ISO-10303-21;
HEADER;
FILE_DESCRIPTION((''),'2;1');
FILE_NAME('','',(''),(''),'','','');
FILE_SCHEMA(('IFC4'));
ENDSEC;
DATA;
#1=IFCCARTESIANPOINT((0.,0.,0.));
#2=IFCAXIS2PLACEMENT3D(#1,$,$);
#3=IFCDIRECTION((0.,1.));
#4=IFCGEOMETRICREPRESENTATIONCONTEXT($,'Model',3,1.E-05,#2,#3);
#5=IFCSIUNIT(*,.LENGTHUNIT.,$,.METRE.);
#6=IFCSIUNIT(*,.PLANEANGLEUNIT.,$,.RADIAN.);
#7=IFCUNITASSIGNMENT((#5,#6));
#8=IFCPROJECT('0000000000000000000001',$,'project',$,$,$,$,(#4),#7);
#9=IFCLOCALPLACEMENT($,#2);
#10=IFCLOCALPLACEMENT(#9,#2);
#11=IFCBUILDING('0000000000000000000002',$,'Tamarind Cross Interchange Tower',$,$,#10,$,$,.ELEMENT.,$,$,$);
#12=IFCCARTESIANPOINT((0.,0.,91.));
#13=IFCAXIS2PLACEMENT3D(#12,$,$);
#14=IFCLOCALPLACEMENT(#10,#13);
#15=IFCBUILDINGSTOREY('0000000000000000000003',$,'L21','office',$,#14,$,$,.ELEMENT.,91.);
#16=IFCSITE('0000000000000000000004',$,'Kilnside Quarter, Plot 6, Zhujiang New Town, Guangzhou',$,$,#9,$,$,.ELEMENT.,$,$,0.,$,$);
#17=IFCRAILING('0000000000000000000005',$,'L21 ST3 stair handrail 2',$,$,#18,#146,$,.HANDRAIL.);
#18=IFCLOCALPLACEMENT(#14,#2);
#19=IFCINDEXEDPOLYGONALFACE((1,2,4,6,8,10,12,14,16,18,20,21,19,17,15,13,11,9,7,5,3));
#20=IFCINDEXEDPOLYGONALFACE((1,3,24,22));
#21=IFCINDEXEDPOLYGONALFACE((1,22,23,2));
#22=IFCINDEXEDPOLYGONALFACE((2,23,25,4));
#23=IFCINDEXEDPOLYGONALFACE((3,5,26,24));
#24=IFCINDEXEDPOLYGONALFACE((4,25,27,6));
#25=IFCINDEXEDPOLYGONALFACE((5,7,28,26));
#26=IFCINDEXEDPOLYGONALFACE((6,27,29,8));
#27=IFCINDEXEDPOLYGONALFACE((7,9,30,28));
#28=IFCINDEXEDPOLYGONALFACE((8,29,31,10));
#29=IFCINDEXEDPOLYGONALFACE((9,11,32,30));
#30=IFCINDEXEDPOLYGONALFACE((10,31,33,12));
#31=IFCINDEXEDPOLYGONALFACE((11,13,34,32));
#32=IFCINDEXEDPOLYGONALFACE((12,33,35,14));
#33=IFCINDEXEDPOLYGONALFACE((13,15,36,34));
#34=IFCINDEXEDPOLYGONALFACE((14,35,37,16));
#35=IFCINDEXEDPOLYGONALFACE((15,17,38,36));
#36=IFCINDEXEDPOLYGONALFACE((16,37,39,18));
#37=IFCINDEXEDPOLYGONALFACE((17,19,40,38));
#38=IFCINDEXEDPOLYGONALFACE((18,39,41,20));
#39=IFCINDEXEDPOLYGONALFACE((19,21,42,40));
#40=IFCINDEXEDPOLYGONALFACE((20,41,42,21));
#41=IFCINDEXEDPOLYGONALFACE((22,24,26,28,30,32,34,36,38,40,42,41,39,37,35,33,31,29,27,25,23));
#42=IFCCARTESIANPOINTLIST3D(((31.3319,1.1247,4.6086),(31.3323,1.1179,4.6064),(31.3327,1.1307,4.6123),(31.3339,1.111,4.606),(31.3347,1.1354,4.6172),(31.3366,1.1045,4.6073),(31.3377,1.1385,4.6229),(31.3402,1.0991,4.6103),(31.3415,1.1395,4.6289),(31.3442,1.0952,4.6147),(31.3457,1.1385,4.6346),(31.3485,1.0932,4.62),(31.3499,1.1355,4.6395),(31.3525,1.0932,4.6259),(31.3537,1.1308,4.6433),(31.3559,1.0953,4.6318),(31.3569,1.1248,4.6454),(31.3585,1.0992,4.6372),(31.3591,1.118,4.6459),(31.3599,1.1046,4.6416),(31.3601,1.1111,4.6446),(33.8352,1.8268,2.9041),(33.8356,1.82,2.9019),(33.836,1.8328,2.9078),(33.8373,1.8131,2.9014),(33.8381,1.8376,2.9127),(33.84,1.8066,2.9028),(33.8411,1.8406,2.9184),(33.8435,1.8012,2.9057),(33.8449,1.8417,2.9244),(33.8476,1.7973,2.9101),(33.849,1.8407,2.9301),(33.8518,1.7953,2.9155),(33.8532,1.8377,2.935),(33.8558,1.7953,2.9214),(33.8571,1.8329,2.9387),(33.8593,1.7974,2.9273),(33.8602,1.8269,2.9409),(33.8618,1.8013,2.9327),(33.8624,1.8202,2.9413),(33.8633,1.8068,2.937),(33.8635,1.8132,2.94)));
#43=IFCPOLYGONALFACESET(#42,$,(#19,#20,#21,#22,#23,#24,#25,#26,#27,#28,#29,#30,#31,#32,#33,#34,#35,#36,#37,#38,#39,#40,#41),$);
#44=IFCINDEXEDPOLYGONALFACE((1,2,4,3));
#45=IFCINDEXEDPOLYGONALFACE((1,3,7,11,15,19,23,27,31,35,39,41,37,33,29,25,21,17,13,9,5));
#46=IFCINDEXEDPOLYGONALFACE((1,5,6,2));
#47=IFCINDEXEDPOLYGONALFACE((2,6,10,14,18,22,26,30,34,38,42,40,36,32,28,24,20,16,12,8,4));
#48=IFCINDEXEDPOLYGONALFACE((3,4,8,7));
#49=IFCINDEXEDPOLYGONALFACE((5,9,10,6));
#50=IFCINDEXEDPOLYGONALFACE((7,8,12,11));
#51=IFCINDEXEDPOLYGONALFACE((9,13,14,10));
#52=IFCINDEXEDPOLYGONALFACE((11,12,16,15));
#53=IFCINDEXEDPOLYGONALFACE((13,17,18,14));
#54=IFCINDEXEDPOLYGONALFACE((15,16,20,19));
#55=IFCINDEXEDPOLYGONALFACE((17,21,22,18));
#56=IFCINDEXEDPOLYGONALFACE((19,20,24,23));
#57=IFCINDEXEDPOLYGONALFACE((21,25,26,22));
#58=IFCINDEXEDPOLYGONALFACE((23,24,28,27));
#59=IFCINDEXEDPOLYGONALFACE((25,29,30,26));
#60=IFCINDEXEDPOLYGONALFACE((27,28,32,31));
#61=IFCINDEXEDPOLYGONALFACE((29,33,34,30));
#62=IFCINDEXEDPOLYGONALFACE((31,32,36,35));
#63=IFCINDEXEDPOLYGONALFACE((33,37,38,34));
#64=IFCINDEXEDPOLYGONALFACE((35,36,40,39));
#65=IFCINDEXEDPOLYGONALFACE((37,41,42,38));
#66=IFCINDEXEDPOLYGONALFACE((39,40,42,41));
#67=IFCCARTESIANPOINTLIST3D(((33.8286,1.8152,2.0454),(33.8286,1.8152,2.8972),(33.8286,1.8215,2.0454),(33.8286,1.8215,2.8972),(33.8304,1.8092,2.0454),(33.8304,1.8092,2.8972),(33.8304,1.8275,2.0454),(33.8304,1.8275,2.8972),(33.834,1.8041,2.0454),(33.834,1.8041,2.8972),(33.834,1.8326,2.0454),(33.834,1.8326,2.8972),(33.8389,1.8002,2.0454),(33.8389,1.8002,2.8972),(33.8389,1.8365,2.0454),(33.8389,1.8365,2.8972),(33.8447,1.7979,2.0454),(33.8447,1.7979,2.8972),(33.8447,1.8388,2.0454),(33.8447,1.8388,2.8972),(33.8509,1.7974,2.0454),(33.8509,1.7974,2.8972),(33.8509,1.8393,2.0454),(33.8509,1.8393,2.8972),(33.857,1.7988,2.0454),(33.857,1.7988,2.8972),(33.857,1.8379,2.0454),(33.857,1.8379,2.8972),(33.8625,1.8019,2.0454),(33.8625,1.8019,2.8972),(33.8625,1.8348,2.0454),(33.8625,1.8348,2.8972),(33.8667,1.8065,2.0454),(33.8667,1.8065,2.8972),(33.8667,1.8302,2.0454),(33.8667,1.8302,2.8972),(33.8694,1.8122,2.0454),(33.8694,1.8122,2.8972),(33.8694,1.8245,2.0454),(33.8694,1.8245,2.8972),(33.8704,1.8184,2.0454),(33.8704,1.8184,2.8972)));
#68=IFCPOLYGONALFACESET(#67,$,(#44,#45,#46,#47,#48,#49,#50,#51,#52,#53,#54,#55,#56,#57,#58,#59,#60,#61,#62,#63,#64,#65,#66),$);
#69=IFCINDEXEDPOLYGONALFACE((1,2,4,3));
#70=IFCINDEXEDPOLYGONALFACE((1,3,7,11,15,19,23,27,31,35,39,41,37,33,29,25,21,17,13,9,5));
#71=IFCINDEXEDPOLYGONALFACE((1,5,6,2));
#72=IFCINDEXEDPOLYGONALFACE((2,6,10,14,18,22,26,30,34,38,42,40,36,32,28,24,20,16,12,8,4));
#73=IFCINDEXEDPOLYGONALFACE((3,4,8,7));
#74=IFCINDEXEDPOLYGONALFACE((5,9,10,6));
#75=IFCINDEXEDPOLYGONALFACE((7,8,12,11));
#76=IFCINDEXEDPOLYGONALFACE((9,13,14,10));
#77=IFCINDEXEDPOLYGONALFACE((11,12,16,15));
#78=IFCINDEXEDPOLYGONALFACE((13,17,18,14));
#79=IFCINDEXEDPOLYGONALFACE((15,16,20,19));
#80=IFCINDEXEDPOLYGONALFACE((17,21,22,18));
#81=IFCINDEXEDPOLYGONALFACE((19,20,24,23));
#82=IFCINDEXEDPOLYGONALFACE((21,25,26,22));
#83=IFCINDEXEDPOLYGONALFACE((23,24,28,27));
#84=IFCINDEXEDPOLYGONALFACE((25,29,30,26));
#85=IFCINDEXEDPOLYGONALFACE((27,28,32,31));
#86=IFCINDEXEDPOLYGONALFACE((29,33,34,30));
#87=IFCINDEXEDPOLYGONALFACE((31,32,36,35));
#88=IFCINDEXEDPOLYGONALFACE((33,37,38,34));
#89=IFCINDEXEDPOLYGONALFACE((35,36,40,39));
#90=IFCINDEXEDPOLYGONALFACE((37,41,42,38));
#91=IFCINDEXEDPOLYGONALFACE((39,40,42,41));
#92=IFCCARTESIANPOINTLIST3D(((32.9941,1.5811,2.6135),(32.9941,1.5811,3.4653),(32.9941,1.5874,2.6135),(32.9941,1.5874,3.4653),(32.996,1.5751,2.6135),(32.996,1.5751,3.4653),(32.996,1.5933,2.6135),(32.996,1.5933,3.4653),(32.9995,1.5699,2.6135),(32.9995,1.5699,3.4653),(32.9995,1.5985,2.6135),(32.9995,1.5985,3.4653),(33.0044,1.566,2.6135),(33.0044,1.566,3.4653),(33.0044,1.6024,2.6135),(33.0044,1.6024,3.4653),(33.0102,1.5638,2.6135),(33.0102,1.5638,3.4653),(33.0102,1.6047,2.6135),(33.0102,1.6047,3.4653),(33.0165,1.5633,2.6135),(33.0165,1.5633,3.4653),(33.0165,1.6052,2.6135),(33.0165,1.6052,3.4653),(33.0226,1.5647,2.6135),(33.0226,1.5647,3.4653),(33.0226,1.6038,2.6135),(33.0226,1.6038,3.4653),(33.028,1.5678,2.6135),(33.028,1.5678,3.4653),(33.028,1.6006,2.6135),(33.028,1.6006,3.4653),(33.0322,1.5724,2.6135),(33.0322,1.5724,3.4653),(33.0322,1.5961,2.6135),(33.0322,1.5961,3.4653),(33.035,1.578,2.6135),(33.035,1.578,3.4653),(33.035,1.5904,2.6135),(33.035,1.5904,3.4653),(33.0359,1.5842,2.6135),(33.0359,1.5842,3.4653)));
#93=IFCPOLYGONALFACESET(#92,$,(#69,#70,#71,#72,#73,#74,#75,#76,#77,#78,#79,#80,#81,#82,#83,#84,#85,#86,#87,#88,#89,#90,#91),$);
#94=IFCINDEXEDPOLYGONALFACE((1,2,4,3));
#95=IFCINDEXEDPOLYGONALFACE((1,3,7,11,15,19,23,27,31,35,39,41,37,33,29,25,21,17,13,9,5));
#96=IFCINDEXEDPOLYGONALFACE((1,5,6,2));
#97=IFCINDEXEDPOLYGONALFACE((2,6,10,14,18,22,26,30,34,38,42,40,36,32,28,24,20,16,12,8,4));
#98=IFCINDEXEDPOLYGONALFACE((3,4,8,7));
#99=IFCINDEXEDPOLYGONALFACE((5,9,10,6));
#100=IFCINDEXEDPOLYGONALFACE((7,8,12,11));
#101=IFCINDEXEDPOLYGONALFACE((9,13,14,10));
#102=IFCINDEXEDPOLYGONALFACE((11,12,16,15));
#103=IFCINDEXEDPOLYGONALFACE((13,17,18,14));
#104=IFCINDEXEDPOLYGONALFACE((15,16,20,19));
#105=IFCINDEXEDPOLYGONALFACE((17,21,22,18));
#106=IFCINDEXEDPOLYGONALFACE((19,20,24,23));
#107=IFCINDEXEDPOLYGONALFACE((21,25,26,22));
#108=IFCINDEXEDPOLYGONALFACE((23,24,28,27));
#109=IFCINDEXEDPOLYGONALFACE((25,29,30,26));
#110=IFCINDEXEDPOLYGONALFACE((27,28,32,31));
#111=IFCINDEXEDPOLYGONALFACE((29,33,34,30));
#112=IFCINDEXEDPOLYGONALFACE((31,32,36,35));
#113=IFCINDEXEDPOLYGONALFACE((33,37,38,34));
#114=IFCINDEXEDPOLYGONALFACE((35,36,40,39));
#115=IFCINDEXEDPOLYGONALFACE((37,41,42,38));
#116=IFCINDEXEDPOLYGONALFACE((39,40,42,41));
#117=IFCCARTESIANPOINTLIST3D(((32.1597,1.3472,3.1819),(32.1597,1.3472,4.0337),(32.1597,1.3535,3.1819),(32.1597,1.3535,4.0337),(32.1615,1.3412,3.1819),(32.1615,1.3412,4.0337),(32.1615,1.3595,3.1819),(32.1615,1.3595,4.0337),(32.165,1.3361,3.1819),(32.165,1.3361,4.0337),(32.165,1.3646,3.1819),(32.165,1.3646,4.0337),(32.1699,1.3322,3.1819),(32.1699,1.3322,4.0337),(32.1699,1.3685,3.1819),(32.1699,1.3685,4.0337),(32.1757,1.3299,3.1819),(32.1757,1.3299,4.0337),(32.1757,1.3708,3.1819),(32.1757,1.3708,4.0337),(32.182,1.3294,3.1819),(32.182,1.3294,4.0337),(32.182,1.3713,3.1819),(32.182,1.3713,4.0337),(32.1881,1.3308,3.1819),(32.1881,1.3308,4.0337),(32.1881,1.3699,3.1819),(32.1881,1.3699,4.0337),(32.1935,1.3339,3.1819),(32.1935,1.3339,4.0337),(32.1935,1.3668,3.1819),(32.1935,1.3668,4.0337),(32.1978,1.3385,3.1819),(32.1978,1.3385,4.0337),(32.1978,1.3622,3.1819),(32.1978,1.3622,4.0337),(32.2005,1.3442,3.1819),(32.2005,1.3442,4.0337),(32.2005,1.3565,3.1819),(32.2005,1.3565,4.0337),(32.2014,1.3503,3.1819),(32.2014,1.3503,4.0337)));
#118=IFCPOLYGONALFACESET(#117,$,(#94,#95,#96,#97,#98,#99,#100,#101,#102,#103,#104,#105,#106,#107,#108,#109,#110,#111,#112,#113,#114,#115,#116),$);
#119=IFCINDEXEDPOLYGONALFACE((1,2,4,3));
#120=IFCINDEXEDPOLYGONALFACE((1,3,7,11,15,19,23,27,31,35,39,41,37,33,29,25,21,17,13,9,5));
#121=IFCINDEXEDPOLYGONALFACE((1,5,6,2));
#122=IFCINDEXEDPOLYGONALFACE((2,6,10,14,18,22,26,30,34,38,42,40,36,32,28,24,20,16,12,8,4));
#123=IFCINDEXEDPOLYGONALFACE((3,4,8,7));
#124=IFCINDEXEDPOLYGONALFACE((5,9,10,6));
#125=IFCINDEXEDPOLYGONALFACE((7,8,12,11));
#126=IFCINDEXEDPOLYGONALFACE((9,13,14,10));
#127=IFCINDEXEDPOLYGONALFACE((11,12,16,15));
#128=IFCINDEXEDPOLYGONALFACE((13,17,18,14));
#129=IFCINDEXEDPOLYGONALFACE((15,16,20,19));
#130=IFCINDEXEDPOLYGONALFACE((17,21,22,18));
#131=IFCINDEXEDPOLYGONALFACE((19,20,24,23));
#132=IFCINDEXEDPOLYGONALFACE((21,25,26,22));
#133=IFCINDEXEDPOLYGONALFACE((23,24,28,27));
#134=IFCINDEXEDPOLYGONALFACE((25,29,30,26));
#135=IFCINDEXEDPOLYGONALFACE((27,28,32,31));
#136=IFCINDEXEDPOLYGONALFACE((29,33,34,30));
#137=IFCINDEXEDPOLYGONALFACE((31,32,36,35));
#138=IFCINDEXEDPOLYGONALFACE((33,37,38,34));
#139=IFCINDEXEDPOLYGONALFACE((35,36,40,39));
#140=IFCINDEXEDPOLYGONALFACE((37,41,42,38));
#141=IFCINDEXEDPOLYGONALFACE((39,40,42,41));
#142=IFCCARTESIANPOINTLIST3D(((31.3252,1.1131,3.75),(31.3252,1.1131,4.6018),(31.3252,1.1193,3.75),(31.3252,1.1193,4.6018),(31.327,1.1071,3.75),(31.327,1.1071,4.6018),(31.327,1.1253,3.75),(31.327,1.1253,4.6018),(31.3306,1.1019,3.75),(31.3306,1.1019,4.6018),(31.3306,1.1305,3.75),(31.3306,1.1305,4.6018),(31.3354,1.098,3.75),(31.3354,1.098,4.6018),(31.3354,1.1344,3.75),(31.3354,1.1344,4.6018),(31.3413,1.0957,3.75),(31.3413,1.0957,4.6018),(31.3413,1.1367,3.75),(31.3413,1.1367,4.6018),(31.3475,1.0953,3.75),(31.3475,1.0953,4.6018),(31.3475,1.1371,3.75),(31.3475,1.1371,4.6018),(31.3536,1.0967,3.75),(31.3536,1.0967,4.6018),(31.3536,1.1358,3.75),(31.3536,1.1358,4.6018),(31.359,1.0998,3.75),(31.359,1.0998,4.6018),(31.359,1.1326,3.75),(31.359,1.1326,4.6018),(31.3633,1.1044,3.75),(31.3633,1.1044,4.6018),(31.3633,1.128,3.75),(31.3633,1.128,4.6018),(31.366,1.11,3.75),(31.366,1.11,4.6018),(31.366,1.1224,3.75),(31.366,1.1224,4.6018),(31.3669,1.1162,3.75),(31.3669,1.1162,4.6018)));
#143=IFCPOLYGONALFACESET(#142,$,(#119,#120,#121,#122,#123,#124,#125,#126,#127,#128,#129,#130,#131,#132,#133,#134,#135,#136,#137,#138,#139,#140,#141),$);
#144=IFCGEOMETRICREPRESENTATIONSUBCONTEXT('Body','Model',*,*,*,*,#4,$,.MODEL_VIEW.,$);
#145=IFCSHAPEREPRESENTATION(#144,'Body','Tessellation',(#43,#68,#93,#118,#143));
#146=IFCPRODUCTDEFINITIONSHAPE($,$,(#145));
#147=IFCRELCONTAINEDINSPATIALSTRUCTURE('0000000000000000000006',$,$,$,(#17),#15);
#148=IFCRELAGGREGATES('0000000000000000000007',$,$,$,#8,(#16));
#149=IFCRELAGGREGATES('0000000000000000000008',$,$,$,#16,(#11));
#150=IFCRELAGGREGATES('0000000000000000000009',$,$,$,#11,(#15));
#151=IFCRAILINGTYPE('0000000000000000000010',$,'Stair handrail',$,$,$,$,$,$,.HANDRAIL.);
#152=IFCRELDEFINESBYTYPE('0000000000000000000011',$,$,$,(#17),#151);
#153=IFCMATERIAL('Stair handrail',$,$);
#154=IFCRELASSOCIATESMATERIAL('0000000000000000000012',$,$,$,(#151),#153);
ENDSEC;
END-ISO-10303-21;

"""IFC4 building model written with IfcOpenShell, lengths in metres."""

from ifc_helpers import new_model, si_unit, direction, frame, origin, origin_2d, place, context, subcontext, project, spatial, circle, extrude, material, type_object, element, save


model = new_model("IFC4")

# Units and contexts
model_context = context("Model", 3, precision=1e-05, world=origin(), true_north=direction((0.0, 1.0)))
body_context = subcontext(model_context, "Body", "Model", "MODEL_VIEW")
ifc_project = project(units=[si_unit("LENGTHUNIT", "METRE"), si_unit("PLANEANGLEUNIT", "RADIAN")], contexts=[model_context])

# Site, building, storey
site_placement = place(None, origin())
site = spatial("IfcSite", under=ifc_project, at=site_placement, Name="Kilnside Quarter, Plot 6, Zhujiang New Town, Guangzhou", CompositionType="ELEMENT", RefElevation=0.0)
building_placement = place(site_placement, origin())
building = spatial("IfcBuilding", under=site, at=building_placement, Name="Tamarind Cross Interchange Tower", CompositionType="ELEMENT")
storey_placement = place(building_placement, frame((0.0, 0.0, 91.0)))
storey = spatial("IfcBuildingStorey", under=building, at=storey_placement, Name="L21", Description="office", CompositionType="ELEMENT", Elevation=91.0)

# Railing
ifc_material_1 = material(Name="Stair handrail")
railing_type_1 = type_object("IfcRailingType", Name="Stair handrail", PredefinedType="HANDRAIL", material=ifc_material_1)
railing_1_placement = place(storey_placement, frame((33.8494, 1.8184, 2.0454)))
element("IfcRailing", 1, at=railing_1_placement, inside=storey, type_object=railing_type_1, Name="L21 ST3 stair handrail 2", PredefinedType="HANDRAIL", context=body_context, shape_type="SweptSolid", body=[
    extrude(circle(Radius=0.0239, at=origin_2d()), frame((0.0, 0.0, 0.876), z_axis=(-0.805222, -0.225845, 0.54828), x_axis=(0.270055, -0.962845, 0.0)), (0.0, 0.0, 1.0), 3.1089),
    extrude(circle(Radius=0.021, at=origin_2d()), origin(), (0.0, 0.0, 1.0), 0.8518),
    extrude(circle(Radius=0.021, at=origin_2d()), frame((-0.8345, -0.2341, 0.5681)), (0.0, 0.0, 1.0), 0.8518),
    extrude(circle(Radius=0.021, at=origin_2d()), frame((-1.6689, -0.468, 1.1365)), (0.0, 0.0, 1.0), 0.8518),
    extrude(circle(Radius=0.021, at=origin_2d()), frame((-2.5034, -0.7021, 1.7046)), (0.0, 0.0, 1.0), 0.8518),
])

save(model, "model.ifc")
